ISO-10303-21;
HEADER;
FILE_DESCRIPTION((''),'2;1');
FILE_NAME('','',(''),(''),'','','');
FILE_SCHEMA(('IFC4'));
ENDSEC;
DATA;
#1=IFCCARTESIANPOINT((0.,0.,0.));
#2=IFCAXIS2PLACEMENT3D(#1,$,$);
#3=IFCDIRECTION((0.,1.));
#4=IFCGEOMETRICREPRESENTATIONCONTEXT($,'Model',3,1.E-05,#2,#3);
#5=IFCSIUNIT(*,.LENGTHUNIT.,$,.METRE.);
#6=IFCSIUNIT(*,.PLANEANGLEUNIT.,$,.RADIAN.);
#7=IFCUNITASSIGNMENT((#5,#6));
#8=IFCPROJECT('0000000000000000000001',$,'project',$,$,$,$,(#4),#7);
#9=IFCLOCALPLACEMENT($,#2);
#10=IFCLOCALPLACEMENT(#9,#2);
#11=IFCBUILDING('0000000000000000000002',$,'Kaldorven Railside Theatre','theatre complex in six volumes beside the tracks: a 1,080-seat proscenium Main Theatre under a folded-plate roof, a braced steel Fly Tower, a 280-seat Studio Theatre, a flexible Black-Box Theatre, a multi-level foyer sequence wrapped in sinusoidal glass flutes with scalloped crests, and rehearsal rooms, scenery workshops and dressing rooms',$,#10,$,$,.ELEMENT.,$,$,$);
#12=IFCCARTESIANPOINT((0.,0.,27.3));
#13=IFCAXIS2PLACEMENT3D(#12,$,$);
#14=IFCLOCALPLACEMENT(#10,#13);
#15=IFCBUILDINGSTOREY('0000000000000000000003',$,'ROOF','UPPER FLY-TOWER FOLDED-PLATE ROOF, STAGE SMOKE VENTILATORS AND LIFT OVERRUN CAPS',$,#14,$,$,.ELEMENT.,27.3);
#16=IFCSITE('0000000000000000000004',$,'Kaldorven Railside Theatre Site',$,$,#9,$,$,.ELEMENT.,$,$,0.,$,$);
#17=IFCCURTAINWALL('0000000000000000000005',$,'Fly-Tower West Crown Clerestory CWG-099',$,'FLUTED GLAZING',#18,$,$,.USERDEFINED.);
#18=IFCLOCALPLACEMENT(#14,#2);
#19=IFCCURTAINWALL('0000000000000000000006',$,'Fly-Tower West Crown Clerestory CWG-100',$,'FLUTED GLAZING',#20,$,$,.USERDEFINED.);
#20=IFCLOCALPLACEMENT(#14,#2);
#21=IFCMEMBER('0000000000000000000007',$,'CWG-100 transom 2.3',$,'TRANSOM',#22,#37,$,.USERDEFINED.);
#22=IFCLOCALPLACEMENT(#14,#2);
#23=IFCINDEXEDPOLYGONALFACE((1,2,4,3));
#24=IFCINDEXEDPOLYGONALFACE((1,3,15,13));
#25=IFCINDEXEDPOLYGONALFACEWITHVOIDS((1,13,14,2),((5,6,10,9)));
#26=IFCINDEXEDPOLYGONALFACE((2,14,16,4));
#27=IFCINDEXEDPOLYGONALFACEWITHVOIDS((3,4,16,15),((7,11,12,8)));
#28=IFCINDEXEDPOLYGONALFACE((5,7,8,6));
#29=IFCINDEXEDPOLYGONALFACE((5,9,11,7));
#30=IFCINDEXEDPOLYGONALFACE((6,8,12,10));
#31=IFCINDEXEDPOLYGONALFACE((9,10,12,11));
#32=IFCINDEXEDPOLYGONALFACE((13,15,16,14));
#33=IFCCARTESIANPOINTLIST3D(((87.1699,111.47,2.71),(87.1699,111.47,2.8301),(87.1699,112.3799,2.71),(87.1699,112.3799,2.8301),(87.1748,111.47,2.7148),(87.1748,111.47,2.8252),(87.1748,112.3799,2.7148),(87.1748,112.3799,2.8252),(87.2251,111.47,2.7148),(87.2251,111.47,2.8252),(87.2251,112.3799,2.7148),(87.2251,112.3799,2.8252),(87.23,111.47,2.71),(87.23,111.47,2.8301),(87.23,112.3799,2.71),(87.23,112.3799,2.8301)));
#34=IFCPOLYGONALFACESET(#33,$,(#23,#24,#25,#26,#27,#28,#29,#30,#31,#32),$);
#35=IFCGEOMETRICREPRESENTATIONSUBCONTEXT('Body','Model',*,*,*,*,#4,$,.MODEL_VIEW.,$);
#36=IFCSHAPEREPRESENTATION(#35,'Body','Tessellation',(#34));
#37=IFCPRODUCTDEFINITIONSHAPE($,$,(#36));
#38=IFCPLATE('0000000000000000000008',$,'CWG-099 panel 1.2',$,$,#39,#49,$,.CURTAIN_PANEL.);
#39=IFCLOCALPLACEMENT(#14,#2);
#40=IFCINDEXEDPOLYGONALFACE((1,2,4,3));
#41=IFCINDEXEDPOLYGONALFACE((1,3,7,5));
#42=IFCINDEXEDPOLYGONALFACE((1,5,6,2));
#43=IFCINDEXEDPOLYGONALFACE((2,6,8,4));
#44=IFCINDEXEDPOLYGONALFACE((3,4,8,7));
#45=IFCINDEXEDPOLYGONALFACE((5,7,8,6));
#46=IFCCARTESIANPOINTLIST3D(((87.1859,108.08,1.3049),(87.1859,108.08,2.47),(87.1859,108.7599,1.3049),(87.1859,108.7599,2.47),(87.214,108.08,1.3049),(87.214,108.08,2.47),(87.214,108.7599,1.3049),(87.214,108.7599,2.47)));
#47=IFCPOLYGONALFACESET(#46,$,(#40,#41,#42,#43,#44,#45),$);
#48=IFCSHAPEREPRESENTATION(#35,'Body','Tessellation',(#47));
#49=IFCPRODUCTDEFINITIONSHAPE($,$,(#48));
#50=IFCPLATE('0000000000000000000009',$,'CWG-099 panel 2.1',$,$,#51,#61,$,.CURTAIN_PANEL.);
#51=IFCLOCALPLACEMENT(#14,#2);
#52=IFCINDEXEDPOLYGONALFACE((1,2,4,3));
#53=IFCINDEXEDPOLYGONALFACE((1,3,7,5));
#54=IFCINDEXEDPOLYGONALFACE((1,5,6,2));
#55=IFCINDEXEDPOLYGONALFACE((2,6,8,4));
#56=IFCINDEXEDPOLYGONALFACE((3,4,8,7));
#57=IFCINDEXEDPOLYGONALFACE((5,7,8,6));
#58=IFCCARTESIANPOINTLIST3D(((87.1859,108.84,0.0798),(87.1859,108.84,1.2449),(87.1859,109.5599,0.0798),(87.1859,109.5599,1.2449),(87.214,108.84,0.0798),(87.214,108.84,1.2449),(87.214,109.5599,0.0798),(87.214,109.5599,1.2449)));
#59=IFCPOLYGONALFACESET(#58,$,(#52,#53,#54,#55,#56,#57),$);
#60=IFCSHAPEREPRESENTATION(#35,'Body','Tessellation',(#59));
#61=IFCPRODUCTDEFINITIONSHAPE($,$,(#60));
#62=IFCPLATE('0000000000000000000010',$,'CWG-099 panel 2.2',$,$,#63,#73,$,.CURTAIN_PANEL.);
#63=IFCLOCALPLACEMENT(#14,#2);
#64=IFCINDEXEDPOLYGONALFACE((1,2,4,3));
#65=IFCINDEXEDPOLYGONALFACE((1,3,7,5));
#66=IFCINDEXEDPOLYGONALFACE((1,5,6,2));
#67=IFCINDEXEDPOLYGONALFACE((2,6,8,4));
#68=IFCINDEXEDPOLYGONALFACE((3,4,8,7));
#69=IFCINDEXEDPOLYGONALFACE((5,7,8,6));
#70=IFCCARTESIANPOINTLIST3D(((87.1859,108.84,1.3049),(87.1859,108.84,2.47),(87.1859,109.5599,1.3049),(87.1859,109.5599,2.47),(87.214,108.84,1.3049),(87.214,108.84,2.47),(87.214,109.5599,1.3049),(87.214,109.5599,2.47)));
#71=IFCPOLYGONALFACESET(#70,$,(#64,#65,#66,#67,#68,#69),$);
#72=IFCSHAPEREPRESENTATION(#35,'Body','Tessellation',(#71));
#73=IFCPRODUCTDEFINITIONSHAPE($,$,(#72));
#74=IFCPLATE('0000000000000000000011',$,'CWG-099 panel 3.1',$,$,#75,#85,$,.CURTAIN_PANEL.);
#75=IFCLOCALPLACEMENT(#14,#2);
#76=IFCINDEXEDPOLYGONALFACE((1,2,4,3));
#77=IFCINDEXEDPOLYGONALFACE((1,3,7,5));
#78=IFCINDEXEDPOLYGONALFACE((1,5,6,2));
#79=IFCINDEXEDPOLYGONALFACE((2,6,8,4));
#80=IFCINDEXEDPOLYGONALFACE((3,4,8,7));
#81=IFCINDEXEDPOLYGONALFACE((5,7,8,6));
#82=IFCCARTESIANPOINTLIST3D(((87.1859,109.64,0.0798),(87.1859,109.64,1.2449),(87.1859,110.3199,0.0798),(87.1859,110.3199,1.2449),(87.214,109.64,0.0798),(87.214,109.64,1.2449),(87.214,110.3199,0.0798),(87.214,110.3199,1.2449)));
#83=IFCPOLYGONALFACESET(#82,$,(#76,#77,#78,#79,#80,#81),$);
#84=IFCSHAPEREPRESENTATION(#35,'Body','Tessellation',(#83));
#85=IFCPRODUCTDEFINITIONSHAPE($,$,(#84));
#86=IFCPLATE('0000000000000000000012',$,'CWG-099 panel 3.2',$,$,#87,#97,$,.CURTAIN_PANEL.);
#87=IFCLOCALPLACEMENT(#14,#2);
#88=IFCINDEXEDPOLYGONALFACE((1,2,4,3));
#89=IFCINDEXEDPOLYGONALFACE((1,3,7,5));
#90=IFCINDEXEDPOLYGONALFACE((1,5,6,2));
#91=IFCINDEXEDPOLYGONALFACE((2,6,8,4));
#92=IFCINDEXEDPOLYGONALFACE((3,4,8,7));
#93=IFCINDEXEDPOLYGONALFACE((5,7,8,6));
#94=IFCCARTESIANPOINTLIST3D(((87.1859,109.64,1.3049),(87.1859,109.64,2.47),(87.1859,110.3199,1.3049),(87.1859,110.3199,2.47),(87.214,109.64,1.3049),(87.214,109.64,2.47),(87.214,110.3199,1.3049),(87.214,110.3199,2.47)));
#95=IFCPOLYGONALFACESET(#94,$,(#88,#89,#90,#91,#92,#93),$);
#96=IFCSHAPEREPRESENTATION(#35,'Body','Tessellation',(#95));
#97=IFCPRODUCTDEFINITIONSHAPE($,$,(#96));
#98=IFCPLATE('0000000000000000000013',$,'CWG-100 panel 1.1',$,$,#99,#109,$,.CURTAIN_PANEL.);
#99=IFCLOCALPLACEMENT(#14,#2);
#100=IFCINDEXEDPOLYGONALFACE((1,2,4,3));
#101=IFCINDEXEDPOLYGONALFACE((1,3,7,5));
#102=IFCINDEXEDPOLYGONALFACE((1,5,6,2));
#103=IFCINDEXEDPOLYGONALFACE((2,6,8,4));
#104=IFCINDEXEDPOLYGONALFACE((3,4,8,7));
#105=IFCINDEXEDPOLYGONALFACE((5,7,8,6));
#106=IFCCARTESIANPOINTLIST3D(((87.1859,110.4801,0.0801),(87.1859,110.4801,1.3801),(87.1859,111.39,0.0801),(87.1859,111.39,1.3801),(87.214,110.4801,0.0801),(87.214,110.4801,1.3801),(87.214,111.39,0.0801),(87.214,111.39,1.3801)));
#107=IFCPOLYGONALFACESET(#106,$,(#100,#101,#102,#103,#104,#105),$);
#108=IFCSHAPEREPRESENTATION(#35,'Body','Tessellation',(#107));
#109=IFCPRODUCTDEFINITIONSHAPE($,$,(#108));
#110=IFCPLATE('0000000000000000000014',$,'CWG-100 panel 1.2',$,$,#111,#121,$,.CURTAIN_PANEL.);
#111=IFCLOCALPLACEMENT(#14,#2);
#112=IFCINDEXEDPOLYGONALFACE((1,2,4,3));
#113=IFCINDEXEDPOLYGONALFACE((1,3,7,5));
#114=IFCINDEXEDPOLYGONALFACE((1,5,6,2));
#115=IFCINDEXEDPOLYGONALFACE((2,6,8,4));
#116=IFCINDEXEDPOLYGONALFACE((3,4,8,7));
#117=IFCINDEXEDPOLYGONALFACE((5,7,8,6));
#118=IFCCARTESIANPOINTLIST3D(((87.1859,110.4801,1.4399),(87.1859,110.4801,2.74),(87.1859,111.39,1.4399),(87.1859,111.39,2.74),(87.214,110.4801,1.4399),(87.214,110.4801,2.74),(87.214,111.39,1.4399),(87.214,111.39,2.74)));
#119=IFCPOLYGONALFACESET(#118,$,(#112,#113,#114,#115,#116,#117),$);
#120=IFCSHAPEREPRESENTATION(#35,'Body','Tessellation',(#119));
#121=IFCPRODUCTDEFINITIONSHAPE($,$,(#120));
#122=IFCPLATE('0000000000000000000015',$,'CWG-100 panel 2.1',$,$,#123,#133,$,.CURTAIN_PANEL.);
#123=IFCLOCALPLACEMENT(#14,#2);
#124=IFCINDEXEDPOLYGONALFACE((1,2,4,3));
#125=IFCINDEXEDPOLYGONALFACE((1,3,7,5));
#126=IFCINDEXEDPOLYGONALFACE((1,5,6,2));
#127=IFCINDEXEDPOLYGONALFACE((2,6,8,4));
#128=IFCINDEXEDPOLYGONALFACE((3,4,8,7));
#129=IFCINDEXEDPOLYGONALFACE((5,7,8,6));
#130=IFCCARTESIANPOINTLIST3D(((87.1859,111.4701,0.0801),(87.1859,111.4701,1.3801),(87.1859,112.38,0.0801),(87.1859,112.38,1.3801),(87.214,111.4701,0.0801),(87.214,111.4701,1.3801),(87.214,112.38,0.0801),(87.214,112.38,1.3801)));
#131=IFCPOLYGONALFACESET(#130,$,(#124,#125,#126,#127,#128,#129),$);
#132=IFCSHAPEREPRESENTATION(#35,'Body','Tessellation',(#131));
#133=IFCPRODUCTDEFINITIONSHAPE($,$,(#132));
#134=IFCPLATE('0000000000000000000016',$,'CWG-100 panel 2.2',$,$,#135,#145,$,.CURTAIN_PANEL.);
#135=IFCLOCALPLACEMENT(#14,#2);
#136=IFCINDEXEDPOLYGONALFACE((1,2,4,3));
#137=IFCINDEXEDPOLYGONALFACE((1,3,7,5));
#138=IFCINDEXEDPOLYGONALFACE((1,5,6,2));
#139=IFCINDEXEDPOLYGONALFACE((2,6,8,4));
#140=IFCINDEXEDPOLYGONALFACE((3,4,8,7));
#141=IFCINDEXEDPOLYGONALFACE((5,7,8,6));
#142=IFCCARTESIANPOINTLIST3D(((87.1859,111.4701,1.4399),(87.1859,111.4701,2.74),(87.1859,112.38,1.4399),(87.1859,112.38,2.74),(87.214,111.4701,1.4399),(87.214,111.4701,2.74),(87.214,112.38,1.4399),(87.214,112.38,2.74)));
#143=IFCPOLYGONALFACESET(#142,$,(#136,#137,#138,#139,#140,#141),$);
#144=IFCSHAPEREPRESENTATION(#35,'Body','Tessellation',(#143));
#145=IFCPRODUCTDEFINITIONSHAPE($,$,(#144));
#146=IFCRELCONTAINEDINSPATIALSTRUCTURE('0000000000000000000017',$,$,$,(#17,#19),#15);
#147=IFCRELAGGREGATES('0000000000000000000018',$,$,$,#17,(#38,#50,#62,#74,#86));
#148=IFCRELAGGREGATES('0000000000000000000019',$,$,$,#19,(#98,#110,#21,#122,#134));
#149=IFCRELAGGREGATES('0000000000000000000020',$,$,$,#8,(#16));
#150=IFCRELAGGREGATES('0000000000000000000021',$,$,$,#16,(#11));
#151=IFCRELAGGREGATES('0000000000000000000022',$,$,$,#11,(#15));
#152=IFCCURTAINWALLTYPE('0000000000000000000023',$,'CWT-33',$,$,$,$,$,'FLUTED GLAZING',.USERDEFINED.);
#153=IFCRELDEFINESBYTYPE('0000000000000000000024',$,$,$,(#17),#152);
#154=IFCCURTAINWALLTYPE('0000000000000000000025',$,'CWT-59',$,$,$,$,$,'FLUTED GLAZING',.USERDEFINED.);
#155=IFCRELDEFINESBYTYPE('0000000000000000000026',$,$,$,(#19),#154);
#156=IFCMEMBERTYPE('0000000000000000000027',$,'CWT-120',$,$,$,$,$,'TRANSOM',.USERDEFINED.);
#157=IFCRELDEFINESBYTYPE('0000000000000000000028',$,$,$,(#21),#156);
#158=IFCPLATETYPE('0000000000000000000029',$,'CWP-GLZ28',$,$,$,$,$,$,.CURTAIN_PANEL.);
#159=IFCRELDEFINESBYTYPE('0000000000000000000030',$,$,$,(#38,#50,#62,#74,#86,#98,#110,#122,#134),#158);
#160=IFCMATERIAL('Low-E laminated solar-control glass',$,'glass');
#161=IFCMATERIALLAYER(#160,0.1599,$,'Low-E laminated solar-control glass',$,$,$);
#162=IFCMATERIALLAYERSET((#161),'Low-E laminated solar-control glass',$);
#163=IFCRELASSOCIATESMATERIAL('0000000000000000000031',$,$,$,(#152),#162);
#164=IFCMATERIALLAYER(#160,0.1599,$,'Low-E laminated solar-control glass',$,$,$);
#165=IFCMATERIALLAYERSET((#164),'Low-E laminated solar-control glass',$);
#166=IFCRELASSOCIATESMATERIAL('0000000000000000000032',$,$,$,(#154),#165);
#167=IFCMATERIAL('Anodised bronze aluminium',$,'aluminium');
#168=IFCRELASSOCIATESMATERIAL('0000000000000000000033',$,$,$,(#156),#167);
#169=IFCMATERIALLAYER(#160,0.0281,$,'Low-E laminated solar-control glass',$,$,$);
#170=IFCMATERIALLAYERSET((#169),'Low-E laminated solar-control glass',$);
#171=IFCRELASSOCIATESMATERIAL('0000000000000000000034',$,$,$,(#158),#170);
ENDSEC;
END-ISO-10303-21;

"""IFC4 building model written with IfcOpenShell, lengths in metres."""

from ifc_helpers import new_model, si_unit, direction, frame, origin, origin_2d, place, context, subcontext, project, spatial, rectangle, hollow_rectangle, extrude, material, layer, layer_set, material_profile, profile_set, type_object, element, aggregate, save


model = new_model("IFC4")

# Units and contexts
model_context = context("Model", 3, precision=1e-05, world=origin(), true_north=direction((0.0, 1.0)))
body_context = subcontext(model_context, "Body", "Model", "MODEL_VIEW")
ifc_project = project(units=[si_unit("LENGTHUNIT", "METRE"), si_unit("PLANEANGLEUNIT", "RADIAN")], contexts=[model_context])

# Site, building, storey
site_placement = place(None, origin())
site = spatial("IfcSite", under=ifc_project, at=site_placement, Name="Kaldorven Railside Theatre Site", CompositionType="ELEMENT", RefElevation=0.0)
building_placement = place(site_placement, origin())
building = spatial("IfcBuilding", under=site, at=building_placement, Name="Kaldorven Railside Theatre", Description="theatre complex in six volumes beside the tracks: a 1,080-seat proscenium Main Theatre under a folded-plate roof, a braced steel Fly Tower, a 280-seat Studio Theatre, a flexible Black-Box Theatre, a multi-level foyer sequence wrapped in sinusoidal glass flutes with scalloped crests, and rehearsal rooms, scenery workshops and dressing rooms", CompositionType="ELEMENT")
storey_placement = place(building_placement, frame((0.0, 0.0, 27.3)))
storey = spatial("IfcBuildingStorey", under=building, at=storey_placement, Name="ROOF", Description="UPPER FLY-TOWER FOLDED-PLATE ROOF, STAGE SMOKE VENTILATORS AND LIFT OVERRUN CAPS", CompositionType="ELEMENT", Elevation=27.3)

# Curtain walls
ifc_material_1 = material(Name="Low-E laminated solar-control glass", Category="glass")
ifc_layer_1 = layer(ifc_material_1, 0.1599, Name="Low-E laminated solar-control glass")
ifc_layer_set_1 = layer_set([ifc_layer_1], Name="Low-E laminated solar-control glass")
curtain_wall_type_1 = type_object("IfcCurtainWallType", Name="CWT-33", ElementType="FLUTED GLAZING", PredefinedType="USERDEFINED", material=ifc_layer_set_1)
curtain_wall_1_placement = place(storey_placement, origin())
curtain_wall_1 = element("IfcCurtainWall", 1, at=curtain_wall_1_placement, inside=storey, type_object=curtain_wall_type_1, Name="Fly-Tower West Crown Clerestory CWG-099", ObjectType="FLUTED GLAZING", PredefinedType="USERDEFINED")
ifc_material_2 = material(Name="Anodised bronze aluminium", Category="aluminium")
ifc_layer_2 = layer(ifc_material_1, 0.1599, Name="Low-E laminated solar-control glass")
ifc_layer_set_2 = layer_set([ifc_layer_2], Name="Low-E laminated solar-control glass")
curtain_wall_type_2 = type_object("IfcCurtainWallType", Name="CWT-59", ElementType="FLUTED GLAZING", PredefinedType="USERDEFINED", material=ifc_layer_set_2)
curtain_wall_2_placement = place(storey_placement, origin())
curtain_wall_2 = element("IfcCurtainWall", 2, at=curtain_wall_2_placement, inside=storey, type_object=curtain_wall_type_2, Name="Fly-Tower West Crown Clerestory CWG-100", ObjectType="FLUTED GLAZING", PredefinedType="USERDEFINED")

# Member
ifc_material_profile_1 = material_profile(ifc_material_2, hollow_rectangle(XDim=0.0601, YDim=0.1201, WallThickness=0.0049, at=origin_2d()), Name="RHS 120x60x5")
ifc_profile_set_1 = profile_set([ifc_material_profile_1], Name="Anodised bronze aluminium")
member_type_1 = type_object("IfcMemberType", Name="CWT-120", ElementType="TRANSOM", PredefinedType="USERDEFINED", material=ifc_profile_set_1)
member_1_placement = place(storey_placement, frame((87.2, 111.47, 2.77), z_axis=(0.0, 1.0, 0.0), x_axis=(-1.0, 0.0, 0.0)))
member_1 = element("IfcMember", 3, at=member_1_placement, type_object=member_type_1, Name="CWG-100 transom 2.3", ObjectType="TRANSOM", PredefinedType="USERDEFINED", context=body_context, shape_type="SweptSolid", body=[
    extrude(hollow_rectangle(XDim=0.0601, YDim=0.1201, WallThickness=0.0049, at=origin_2d()), origin(), (0.0, 0.0, 1.0), 0.9099),
])

# Plates
ifc_layer_3 = layer(ifc_material_1, 0.0281, Name="Low-E laminated solar-control glass")
ifc_layer_set_3 = layer_set([ifc_layer_3], Name="Low-E laminated solar-control glass")
plate_type = type_object("IfcPlateType", Name="CWP-GLZ28", PredefinedType="CURTAIN_PANEL", material=ifc_layer_set_3)
plate_1_placement = place(storey_placement, frame((87.2, 108.4199, 1.3049), z_axis=(0.0, 0.0, 1.0), x_axis=(0.0, 1.0, 0.0)))
plate_1 = element("IfcPlate", 4, at=plate_1_placement, type_object=plate_type, Name="CWG-099 panel 1.2", PredefinedType="CURTAIN_PANEL", context=body_context, shape_type="SweptSolid", body=[
    extrude(rectangle(XDim=0.6799, YDim=0.0281, at=origin_2d()), origin(), (0.0, 0.0, 1.0), 1.165),
])
plate_2_placement = place(storey_placement, frame((87.2, 109.2, 0.0798), z_axis=(0.0, 0.0, 1.0), x_axis=(0.0, 1.0, 0.0)))
plate_2 = element("IfcPlate", 5, at=plate_2_placement, type_object=plate_type, Name="CWG-099 panel 2.1", PredefinedType="CURTAIN_PANEL", context=body_context, shape_type="SweptSolid", body=[
    extrude(rectangle(XDim=0.72, YDim=0.0281, at=origin_2d()), origin(), (0.0, 0.0, 1.0), 1.165),
])
plate_3_placement = place(storey_placement, frame((87.2, 109.2, 1.3049), z_axis=(0.0, 0.0, 1.0), x_axis=(0.0, 1.0, 0.0)))
plate_3 = element("IfcPlate", 6, at=plate_3_placement, type_object=plate_type, Name="CWG-099 panel 2.2", PredefinedType="CURTAIN_PANEL", context=body_context, shape_type="SweptSolid", body=[
    extrude(rectangle(XDim=0.72, YDim=0.0281, at=origin_2d()), origin(), (0.0, 0.0, 1.0), 1.165),
])
plate_4_placement = place(storey_placement, frame((87.2, 109.98, 0.0798), z_axis=(0.0, 0.0, 1.0), x_axis=(0.0, 1.0, 0.0)))
plate_4 = element("IfcPlate", 7, at=plate_4_placement, type_object=plate_type, Name="CWG-099 panel 3.1", PredefinedType="CURTAIN_PANEL", context=body_context, shape_type="SweptSolid", body=[
    extrude(rectangle(XDim=0.6799, YDim=0.0281, at=origin_2d()), origin(), (0.0, 0.0, 1.0), 1.165),
])
plate_5_placement = place(storey_placement, frame((87.2, 109.98, 1.3049), z_axis=(0.0, 0.0, 1.0), x_axis=(0.0, 1.0, 0.0)))
plate_5 = element("IfcPlate", 8, at=plate_5_placement, type_object=plate_type, Name="CWG-099 panel 3.2", PredefinedType="CURTAIN_PANEL", context=body_context, shape_type="SweptSolid", body=[
    extrude(rectangle(XDim=0.6799, YDim=0.0281, at=origin_2d()), origin(), (0.0, 0.0, 1.0), 1.165),
])
aggregate(curtain_wall_1, [plate_1, plate_2, plate_3, plate_4, plate_5])
plate_6_placement = place(storey_placement, frame((87.2, 110.9351, 0.0801), z_axis=(0.0, 0.0, 1.0), x_axis=(0.0, 1.0, 0.0)))
plate_6 = element("IfcPlate", 9, at=plate_6_placement, type_object=plate_type, Name="CWG-100 panel 1.1", PredefinedType="CURTAIN_PANEL", context=body_context, shape_type="SweptSolid", body=[
    extrude(rectangle(XDim=0.9099, YDim=0.0281, at=origin_2d()), origin(), (0.0, 0.0, 1.0), 1.3),
])
plate_7_placement = place(storey_placement, frame((87.2, 110.9351, 1.4399), z_axis=(0.0, 0.0, 1.0), x_axis=(0.0, 1.0, 0.0)))
plate_7 = element("IfcPlate", 10, at=plate_7_placement, type_object=plate_type, Name="CWG-100 panel 1.2", PredefinedType="CURTAIN_PANEL", context=body_context, shape_type="SweptSolid", body=[
    extrude(rectangle(XDim=0.9099, YDim=0.0281, at=origin_2d()), origin(), (0.0, 0.0, 1.0), 1.3),
])
plate_8_placement = place(storey_placement, frame((87.2, 111.925, 0.0801), z_axis=(0.0, 0.0, 1.0), x_axis=(0.0, 1.0, 0.0)))
plate_8 = element("IfcPlate", 11, at=plate_8_placement, type_object=plate_type, Name="CWG-100 panel 2.1", PredefinedType="CURTAIN_PANEL", context=body_context, shape_type="SweptSolid", body=[
    extrude(rectangle(XDim=0.9099, YDim=0.0281, at=origin_2d()), origin(), (0.0, 0.0, 1.0), 1.3),
])
plate_9_placement = place(storey_placement, frame((87.2, 111.925, 1.4399), z_axis=(0.0, 0.0, 1.0), x_axis=(0.0, 1.0, 0.0)))
plate_9 = element("IfcPlate", 12, at=plate_9_placement, type_object=plate_type, Name="CWG-100 panel 2.2", PredefinedType="CURTAIN_PANEL", context=body_context, shape_type="SweptSolid", body=[
    extrude(rectangle(XDim=0.9099, YDim=0.0281, at=origin_2d()), origin(), (0.0, 0.0, 1.0), 1.3),
])
aggregate(curtain_wall_2, [plate_6, plate_7, member_1, plate_8, plate_9])

save(model, "model.ifc")
